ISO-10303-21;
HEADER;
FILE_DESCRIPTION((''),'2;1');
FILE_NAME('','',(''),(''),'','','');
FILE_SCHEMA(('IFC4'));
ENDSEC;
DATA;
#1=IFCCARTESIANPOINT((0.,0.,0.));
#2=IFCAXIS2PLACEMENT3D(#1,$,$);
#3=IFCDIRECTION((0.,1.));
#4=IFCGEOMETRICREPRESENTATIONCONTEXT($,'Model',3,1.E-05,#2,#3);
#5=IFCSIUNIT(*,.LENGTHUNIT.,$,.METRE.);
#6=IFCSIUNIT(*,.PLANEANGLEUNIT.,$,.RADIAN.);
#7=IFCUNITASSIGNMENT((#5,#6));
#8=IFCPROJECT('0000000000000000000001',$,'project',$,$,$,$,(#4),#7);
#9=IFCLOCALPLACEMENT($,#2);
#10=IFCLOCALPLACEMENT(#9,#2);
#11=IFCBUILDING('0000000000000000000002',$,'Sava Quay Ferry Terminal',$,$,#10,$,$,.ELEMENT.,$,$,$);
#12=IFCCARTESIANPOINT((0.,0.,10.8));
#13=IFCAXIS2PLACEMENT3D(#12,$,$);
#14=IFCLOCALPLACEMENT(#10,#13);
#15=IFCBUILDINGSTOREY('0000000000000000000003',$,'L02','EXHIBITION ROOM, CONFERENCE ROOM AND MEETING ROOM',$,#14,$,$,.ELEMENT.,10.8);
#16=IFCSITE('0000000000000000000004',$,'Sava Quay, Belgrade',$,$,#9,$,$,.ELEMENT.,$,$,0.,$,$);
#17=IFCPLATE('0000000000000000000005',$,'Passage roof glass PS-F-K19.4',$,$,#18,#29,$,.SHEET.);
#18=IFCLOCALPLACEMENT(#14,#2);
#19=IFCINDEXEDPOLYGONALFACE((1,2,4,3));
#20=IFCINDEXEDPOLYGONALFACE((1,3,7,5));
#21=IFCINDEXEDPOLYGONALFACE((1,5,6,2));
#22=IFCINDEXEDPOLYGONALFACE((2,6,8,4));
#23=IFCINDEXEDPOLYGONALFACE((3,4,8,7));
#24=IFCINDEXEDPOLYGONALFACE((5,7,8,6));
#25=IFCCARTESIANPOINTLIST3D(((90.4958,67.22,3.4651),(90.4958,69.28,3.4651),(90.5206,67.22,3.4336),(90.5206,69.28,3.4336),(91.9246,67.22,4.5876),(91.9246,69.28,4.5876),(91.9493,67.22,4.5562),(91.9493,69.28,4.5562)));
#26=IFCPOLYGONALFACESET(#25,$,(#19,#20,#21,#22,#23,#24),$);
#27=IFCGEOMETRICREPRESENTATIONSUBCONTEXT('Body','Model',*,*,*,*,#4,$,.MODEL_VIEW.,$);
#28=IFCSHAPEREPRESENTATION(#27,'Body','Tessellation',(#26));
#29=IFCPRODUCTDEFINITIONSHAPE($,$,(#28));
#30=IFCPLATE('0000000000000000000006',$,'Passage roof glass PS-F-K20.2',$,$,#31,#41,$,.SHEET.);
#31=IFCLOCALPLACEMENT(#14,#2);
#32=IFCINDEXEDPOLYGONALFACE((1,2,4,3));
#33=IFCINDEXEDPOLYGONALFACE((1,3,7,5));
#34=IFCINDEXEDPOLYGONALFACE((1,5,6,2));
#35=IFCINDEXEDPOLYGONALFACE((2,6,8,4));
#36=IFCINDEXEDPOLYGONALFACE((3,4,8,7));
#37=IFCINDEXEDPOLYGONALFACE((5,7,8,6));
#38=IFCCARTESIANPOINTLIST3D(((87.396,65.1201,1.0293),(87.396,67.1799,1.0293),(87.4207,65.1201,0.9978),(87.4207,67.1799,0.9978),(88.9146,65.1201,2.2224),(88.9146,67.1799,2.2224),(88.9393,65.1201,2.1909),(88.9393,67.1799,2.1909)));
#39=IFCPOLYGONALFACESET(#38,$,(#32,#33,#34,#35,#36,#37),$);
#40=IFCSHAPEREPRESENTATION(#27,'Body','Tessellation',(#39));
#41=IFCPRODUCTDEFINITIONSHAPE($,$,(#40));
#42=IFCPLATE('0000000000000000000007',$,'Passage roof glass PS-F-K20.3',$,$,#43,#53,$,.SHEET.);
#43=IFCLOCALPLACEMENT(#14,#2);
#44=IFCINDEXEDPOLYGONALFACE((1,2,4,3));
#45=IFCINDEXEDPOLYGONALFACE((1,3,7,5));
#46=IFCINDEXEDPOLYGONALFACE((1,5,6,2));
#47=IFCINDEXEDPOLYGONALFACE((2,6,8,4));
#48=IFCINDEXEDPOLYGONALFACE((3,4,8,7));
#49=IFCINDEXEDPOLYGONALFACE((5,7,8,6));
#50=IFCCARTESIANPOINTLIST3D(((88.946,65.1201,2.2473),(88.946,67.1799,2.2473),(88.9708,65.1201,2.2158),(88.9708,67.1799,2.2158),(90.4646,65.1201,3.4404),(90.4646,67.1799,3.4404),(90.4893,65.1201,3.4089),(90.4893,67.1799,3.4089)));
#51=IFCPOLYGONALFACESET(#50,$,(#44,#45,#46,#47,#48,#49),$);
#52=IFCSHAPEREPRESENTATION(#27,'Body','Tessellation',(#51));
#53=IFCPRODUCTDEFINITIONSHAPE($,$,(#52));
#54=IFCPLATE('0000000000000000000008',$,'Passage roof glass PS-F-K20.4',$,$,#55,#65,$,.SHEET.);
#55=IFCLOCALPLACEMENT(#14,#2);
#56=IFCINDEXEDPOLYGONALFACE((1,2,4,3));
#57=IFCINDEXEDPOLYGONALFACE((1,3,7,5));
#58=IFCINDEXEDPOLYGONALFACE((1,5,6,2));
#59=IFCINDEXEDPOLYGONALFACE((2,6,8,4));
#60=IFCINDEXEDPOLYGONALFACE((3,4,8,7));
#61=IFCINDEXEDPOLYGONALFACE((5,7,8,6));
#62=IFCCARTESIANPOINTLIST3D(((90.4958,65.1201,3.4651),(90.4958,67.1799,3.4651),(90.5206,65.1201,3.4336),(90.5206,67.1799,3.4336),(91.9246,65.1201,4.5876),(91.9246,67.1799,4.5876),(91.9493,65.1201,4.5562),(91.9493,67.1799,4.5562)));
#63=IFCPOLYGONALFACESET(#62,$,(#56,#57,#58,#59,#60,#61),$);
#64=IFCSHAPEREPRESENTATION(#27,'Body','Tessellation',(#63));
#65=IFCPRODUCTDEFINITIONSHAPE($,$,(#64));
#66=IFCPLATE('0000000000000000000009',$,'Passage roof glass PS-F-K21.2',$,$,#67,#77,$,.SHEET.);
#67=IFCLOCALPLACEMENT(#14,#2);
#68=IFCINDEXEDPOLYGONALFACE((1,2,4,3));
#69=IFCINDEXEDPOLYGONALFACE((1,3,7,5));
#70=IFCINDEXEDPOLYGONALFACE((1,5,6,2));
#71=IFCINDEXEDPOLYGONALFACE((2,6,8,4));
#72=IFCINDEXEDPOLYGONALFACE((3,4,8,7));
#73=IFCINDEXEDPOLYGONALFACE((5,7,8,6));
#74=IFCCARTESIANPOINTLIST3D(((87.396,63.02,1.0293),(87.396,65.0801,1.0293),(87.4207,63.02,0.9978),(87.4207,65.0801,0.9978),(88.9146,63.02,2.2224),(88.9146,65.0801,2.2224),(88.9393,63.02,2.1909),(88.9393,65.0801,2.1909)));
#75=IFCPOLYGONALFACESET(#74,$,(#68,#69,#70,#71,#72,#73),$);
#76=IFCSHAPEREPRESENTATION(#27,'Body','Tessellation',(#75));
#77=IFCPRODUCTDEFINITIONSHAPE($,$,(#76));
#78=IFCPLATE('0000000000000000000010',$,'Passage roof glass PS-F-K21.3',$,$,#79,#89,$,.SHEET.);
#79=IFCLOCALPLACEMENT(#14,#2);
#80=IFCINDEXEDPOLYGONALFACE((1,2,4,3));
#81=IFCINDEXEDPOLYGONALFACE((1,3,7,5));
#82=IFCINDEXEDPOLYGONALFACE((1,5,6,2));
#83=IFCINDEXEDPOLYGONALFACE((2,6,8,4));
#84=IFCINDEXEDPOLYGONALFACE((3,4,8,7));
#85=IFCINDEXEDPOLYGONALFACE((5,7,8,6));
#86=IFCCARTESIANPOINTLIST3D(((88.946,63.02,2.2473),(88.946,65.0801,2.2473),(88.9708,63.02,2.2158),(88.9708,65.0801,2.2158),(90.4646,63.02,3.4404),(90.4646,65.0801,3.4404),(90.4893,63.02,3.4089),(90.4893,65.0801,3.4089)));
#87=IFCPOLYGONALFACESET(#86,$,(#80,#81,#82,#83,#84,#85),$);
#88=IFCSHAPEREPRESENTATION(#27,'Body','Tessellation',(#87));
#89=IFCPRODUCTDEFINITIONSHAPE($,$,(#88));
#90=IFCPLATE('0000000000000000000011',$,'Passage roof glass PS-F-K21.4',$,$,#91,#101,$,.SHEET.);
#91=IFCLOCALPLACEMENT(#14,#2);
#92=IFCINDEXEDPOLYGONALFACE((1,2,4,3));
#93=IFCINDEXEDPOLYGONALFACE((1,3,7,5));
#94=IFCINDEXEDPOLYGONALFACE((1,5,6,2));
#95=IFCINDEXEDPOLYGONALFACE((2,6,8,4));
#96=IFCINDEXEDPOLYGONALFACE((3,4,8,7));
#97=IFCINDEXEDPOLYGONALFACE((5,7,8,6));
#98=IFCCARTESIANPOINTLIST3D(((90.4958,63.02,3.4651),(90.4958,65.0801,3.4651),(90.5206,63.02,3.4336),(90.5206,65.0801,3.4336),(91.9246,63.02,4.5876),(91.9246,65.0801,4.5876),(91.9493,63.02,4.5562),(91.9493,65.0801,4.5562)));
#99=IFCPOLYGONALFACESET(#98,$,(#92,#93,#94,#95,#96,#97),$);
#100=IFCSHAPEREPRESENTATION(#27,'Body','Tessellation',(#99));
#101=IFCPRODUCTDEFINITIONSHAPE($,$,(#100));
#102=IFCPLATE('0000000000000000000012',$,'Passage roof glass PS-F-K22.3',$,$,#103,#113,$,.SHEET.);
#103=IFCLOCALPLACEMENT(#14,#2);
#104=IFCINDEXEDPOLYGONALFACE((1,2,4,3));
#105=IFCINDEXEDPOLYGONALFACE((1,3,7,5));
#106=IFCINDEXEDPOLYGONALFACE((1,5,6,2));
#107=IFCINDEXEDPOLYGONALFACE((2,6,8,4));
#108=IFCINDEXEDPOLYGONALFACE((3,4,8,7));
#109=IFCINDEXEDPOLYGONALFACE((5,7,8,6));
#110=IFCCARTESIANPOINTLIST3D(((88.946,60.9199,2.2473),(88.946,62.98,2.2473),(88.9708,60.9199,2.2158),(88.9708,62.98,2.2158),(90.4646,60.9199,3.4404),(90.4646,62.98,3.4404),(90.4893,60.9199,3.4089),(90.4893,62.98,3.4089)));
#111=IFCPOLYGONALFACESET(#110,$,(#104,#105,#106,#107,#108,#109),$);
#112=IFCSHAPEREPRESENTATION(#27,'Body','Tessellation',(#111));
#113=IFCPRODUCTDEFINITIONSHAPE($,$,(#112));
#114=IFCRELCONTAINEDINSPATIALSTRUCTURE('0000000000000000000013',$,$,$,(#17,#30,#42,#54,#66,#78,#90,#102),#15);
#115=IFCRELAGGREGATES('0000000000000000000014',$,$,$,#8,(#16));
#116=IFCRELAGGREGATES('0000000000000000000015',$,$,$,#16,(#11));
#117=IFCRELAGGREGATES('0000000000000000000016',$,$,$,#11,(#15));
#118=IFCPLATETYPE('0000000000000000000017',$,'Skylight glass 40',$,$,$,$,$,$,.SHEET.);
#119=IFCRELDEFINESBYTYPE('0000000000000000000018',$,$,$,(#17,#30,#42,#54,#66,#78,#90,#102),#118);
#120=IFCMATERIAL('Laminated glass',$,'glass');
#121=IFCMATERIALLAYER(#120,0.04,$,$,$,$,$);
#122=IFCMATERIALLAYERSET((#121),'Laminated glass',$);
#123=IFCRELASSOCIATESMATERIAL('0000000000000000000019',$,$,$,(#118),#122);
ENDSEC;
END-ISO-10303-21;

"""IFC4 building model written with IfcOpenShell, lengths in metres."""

from ifc_helpers import new_model, si_unit, direction, frame, origin, place, context, subcontext, project, spatial, polyline, outline, extrude, material, layer, layer_set, type_object, element, save


model = new_model("IFC4")

# Units and contexts
model_context = context("Model", 3, precision=1e-05, world=origin(), true_north=direction((0.0, 1.0)))
body_context = subcontext(model_context, "Body", "Model", "MODEL_VIEW")
ifc_project = project(units=[si_unit("LENGTHUNIT", "METRE"), si_unit("PLANEANGLEUNIT", "RADIAN")], contexts=[model_context])

# Site, building, storey
site_placement = place(None, origin())
site = spatial("IfcSite", under=ifc_project, at=site_placement, Name="Sava Quay, Belgrade", CompositionType="ELEMENT", RefElevation=0.0)
building_placement = place(site_placement, origin())
building = spatial("IfcBuilding", under=site, at=building_placement, Name="Sava Quay Ferry Terminal", CompositionType="ELEMENT")
storey_placement = place(building_placement, frame((0.0, 0.0, 10.8)))
storey = spatial("IfcBuildingStorey", under=building, at=storey_placement, Name="L02", Description="EXHIBITION ROOM, CONFERENCE ROOM AND MEETING ROOM", CompositionType="ELEMENT", Elevation=10.8)

# Plates
ifc_material_1 = material(Name="Laminated glass", Category="glass")
ifc_layer_1 = layer(ifc_material_1, 0.04)
ifc_layer_set_1 = layer_set([ifc_layer_1], Name="Laminated glass")
plate_type_1 = type_object("IfcPlateType", Name="Skylight glass 40", PredefinedType="SHEET", material=ifc_layer_set_1)
plate_1_placement = place(storey_placement, frame((90.4958, 67.22, 3.4651), z_axis=(-0.617822, 0.0, 0.786318), x_axis=(0.0, 1.0, 0.0)))
element("IfcPlate", 1, at=plate_1_placement, inside=storey, type_object=plate_type_1, Name="Passage roof glass PS-F-K19.4", PredefinedType="SHEET", context=body_context, shape_type="SweptSolid", body=[
    extrude(outline(polyline([(0.0, 0.0), (2.0601, 0.0), (2.0601, -1.817), (0.0, -1.817), (0.0, 0.0)])), origin(), (0.0, 0.0, -1.0), 0.04),
])
for number, where, z_axis, x_axis, name in (
    (2, (87.396, 67.1799, 1.0293), (-0.61781, 0.0, 0.786327), (0.786327, 0.0, 0.61781), "Passage roof glass PS-F-K20.2"),
    (3, (88.946, 67.1799, 2.2473), (-0.61781, 0.0, 0.786327), (0.786327, 0.0, 0.61781), "Passage roof glass PS-F-K20.3"),
):
    element("IfcPlate", number, at=place(storey_placement, frame(where, z_axis=z_axis, x_axis=x_axis)), inside=storey, type_object=plate_type_1, Name=name, PredefinedType="SHEET", context=body_context, shape_type="SweptSolid", body=[
        extrude(outline(polyline([(0.0, 0.0), (1.9312, 0.0), (1.9312, -2.0598), (0.0, -2.0598), (0.0, 0.0)])), origin(), (0.0, 0.0, -1.0), 0.04),
    ])
plate_2_placement = place(storey_placement, frame((90.4958, 65.1201, 3.4651), z_axis=(-0.617822, 0.0, 0.786318), x_axis=(0.0, 1.0, 0.0)))
element("IfcPlate", 4, at=plate_2_placement, inside=storey, type_object=plate_type_1, Name="Passage roof glass PS-F-K20.4", PredefinedType="SHEET", context=body_context, shape_type="SweptSolid", body=[
    extrude(outline(polyline([(0.0, 0.0), (2.0598, 0.0), (2.0598, -1.817), (0.0, -1.817), (0.0, 0.0)])), origin(), (0.0, 0.0, -1.0), 0.04),
])
for number, where, z_axis, x_axis, name in (
    (5, (87.396, 65.0801, 1.0293), (-0.61781, 0.0, 0.786327), (0.786327, 0.0, 0.61781), "Passage roof glass PS-F-K21.2"),
    (6, (88.946, 65.0801, 2.2473), (-0.61781, 0.0, 0.786327), (0.786327, 0.0, 0.61781), "Passage roof glass PS-F-K21.3"),
):
    element("IfcPlate", number, at=place(storey_placement, frame(where, z_axis=z_axis, x_axis=x_axis)), inside=storey, type_object=plate_type_1, Name=name, PredefinedType="SHEET", context=body_context, shape_type="SweptSolid", body=[
        extrude(outline(polyline([(0.0, 0.0), (1.9312, 0.0), (1.9312, -2.0601), (0.0, -2.0601), (0.0, 0.0)])), origin(), (0.0, 0.0, -1.0), 0.04),
    ])
plate_3_placement = place(storey_placement, frame((90.4958, 63.02, 3.4651), z_axis=(-0.617822, 0.0, 0.786318), x_axis=(0.0, 1.0, 0.0)))
element("IfcPlate", 7, at=plate_3_placement, inside=storey, type_object=plate_type_1, Name="Passage roof glass PS-F-K21.4", PredefinedType="SHEET", context=body_context, shape_type="SweptSolid", body=[
    extrude(outline(polyline([(0.0, 0.0), (2.0601, 0.0), (2.0601, -1.817), (0.0, -1.817), (0.0, 0.0)])), origin(), (0.0, 0.0, -1.0), 0.04),
])
plate_4_placement = place(storey_placement, frame((88.946, 62.98, 2.2473), z_axis=(-0.61781, 0.0, 0.786327), x_axis=(0.786327, 0.0, 0.61781)))
element("IfcPlate", 8, at=plate_4_placement, inside=storey, type_object=plate_type_1, Name="Passage roof glass PS-F-K22.3", PredefinedType="SHEET", context=body_context, shape_type="SweptSolid", body=[
    extrude(outline(polyline([(0.0, 0.0), (1.9312, 0.0), (1.9312, -2.0601), (0.0, -2.0601), (0.0, 0.0)])), origin(), (0.0, 0.0, -1.0), 0.04),
])

save(model, "model.ifc")
